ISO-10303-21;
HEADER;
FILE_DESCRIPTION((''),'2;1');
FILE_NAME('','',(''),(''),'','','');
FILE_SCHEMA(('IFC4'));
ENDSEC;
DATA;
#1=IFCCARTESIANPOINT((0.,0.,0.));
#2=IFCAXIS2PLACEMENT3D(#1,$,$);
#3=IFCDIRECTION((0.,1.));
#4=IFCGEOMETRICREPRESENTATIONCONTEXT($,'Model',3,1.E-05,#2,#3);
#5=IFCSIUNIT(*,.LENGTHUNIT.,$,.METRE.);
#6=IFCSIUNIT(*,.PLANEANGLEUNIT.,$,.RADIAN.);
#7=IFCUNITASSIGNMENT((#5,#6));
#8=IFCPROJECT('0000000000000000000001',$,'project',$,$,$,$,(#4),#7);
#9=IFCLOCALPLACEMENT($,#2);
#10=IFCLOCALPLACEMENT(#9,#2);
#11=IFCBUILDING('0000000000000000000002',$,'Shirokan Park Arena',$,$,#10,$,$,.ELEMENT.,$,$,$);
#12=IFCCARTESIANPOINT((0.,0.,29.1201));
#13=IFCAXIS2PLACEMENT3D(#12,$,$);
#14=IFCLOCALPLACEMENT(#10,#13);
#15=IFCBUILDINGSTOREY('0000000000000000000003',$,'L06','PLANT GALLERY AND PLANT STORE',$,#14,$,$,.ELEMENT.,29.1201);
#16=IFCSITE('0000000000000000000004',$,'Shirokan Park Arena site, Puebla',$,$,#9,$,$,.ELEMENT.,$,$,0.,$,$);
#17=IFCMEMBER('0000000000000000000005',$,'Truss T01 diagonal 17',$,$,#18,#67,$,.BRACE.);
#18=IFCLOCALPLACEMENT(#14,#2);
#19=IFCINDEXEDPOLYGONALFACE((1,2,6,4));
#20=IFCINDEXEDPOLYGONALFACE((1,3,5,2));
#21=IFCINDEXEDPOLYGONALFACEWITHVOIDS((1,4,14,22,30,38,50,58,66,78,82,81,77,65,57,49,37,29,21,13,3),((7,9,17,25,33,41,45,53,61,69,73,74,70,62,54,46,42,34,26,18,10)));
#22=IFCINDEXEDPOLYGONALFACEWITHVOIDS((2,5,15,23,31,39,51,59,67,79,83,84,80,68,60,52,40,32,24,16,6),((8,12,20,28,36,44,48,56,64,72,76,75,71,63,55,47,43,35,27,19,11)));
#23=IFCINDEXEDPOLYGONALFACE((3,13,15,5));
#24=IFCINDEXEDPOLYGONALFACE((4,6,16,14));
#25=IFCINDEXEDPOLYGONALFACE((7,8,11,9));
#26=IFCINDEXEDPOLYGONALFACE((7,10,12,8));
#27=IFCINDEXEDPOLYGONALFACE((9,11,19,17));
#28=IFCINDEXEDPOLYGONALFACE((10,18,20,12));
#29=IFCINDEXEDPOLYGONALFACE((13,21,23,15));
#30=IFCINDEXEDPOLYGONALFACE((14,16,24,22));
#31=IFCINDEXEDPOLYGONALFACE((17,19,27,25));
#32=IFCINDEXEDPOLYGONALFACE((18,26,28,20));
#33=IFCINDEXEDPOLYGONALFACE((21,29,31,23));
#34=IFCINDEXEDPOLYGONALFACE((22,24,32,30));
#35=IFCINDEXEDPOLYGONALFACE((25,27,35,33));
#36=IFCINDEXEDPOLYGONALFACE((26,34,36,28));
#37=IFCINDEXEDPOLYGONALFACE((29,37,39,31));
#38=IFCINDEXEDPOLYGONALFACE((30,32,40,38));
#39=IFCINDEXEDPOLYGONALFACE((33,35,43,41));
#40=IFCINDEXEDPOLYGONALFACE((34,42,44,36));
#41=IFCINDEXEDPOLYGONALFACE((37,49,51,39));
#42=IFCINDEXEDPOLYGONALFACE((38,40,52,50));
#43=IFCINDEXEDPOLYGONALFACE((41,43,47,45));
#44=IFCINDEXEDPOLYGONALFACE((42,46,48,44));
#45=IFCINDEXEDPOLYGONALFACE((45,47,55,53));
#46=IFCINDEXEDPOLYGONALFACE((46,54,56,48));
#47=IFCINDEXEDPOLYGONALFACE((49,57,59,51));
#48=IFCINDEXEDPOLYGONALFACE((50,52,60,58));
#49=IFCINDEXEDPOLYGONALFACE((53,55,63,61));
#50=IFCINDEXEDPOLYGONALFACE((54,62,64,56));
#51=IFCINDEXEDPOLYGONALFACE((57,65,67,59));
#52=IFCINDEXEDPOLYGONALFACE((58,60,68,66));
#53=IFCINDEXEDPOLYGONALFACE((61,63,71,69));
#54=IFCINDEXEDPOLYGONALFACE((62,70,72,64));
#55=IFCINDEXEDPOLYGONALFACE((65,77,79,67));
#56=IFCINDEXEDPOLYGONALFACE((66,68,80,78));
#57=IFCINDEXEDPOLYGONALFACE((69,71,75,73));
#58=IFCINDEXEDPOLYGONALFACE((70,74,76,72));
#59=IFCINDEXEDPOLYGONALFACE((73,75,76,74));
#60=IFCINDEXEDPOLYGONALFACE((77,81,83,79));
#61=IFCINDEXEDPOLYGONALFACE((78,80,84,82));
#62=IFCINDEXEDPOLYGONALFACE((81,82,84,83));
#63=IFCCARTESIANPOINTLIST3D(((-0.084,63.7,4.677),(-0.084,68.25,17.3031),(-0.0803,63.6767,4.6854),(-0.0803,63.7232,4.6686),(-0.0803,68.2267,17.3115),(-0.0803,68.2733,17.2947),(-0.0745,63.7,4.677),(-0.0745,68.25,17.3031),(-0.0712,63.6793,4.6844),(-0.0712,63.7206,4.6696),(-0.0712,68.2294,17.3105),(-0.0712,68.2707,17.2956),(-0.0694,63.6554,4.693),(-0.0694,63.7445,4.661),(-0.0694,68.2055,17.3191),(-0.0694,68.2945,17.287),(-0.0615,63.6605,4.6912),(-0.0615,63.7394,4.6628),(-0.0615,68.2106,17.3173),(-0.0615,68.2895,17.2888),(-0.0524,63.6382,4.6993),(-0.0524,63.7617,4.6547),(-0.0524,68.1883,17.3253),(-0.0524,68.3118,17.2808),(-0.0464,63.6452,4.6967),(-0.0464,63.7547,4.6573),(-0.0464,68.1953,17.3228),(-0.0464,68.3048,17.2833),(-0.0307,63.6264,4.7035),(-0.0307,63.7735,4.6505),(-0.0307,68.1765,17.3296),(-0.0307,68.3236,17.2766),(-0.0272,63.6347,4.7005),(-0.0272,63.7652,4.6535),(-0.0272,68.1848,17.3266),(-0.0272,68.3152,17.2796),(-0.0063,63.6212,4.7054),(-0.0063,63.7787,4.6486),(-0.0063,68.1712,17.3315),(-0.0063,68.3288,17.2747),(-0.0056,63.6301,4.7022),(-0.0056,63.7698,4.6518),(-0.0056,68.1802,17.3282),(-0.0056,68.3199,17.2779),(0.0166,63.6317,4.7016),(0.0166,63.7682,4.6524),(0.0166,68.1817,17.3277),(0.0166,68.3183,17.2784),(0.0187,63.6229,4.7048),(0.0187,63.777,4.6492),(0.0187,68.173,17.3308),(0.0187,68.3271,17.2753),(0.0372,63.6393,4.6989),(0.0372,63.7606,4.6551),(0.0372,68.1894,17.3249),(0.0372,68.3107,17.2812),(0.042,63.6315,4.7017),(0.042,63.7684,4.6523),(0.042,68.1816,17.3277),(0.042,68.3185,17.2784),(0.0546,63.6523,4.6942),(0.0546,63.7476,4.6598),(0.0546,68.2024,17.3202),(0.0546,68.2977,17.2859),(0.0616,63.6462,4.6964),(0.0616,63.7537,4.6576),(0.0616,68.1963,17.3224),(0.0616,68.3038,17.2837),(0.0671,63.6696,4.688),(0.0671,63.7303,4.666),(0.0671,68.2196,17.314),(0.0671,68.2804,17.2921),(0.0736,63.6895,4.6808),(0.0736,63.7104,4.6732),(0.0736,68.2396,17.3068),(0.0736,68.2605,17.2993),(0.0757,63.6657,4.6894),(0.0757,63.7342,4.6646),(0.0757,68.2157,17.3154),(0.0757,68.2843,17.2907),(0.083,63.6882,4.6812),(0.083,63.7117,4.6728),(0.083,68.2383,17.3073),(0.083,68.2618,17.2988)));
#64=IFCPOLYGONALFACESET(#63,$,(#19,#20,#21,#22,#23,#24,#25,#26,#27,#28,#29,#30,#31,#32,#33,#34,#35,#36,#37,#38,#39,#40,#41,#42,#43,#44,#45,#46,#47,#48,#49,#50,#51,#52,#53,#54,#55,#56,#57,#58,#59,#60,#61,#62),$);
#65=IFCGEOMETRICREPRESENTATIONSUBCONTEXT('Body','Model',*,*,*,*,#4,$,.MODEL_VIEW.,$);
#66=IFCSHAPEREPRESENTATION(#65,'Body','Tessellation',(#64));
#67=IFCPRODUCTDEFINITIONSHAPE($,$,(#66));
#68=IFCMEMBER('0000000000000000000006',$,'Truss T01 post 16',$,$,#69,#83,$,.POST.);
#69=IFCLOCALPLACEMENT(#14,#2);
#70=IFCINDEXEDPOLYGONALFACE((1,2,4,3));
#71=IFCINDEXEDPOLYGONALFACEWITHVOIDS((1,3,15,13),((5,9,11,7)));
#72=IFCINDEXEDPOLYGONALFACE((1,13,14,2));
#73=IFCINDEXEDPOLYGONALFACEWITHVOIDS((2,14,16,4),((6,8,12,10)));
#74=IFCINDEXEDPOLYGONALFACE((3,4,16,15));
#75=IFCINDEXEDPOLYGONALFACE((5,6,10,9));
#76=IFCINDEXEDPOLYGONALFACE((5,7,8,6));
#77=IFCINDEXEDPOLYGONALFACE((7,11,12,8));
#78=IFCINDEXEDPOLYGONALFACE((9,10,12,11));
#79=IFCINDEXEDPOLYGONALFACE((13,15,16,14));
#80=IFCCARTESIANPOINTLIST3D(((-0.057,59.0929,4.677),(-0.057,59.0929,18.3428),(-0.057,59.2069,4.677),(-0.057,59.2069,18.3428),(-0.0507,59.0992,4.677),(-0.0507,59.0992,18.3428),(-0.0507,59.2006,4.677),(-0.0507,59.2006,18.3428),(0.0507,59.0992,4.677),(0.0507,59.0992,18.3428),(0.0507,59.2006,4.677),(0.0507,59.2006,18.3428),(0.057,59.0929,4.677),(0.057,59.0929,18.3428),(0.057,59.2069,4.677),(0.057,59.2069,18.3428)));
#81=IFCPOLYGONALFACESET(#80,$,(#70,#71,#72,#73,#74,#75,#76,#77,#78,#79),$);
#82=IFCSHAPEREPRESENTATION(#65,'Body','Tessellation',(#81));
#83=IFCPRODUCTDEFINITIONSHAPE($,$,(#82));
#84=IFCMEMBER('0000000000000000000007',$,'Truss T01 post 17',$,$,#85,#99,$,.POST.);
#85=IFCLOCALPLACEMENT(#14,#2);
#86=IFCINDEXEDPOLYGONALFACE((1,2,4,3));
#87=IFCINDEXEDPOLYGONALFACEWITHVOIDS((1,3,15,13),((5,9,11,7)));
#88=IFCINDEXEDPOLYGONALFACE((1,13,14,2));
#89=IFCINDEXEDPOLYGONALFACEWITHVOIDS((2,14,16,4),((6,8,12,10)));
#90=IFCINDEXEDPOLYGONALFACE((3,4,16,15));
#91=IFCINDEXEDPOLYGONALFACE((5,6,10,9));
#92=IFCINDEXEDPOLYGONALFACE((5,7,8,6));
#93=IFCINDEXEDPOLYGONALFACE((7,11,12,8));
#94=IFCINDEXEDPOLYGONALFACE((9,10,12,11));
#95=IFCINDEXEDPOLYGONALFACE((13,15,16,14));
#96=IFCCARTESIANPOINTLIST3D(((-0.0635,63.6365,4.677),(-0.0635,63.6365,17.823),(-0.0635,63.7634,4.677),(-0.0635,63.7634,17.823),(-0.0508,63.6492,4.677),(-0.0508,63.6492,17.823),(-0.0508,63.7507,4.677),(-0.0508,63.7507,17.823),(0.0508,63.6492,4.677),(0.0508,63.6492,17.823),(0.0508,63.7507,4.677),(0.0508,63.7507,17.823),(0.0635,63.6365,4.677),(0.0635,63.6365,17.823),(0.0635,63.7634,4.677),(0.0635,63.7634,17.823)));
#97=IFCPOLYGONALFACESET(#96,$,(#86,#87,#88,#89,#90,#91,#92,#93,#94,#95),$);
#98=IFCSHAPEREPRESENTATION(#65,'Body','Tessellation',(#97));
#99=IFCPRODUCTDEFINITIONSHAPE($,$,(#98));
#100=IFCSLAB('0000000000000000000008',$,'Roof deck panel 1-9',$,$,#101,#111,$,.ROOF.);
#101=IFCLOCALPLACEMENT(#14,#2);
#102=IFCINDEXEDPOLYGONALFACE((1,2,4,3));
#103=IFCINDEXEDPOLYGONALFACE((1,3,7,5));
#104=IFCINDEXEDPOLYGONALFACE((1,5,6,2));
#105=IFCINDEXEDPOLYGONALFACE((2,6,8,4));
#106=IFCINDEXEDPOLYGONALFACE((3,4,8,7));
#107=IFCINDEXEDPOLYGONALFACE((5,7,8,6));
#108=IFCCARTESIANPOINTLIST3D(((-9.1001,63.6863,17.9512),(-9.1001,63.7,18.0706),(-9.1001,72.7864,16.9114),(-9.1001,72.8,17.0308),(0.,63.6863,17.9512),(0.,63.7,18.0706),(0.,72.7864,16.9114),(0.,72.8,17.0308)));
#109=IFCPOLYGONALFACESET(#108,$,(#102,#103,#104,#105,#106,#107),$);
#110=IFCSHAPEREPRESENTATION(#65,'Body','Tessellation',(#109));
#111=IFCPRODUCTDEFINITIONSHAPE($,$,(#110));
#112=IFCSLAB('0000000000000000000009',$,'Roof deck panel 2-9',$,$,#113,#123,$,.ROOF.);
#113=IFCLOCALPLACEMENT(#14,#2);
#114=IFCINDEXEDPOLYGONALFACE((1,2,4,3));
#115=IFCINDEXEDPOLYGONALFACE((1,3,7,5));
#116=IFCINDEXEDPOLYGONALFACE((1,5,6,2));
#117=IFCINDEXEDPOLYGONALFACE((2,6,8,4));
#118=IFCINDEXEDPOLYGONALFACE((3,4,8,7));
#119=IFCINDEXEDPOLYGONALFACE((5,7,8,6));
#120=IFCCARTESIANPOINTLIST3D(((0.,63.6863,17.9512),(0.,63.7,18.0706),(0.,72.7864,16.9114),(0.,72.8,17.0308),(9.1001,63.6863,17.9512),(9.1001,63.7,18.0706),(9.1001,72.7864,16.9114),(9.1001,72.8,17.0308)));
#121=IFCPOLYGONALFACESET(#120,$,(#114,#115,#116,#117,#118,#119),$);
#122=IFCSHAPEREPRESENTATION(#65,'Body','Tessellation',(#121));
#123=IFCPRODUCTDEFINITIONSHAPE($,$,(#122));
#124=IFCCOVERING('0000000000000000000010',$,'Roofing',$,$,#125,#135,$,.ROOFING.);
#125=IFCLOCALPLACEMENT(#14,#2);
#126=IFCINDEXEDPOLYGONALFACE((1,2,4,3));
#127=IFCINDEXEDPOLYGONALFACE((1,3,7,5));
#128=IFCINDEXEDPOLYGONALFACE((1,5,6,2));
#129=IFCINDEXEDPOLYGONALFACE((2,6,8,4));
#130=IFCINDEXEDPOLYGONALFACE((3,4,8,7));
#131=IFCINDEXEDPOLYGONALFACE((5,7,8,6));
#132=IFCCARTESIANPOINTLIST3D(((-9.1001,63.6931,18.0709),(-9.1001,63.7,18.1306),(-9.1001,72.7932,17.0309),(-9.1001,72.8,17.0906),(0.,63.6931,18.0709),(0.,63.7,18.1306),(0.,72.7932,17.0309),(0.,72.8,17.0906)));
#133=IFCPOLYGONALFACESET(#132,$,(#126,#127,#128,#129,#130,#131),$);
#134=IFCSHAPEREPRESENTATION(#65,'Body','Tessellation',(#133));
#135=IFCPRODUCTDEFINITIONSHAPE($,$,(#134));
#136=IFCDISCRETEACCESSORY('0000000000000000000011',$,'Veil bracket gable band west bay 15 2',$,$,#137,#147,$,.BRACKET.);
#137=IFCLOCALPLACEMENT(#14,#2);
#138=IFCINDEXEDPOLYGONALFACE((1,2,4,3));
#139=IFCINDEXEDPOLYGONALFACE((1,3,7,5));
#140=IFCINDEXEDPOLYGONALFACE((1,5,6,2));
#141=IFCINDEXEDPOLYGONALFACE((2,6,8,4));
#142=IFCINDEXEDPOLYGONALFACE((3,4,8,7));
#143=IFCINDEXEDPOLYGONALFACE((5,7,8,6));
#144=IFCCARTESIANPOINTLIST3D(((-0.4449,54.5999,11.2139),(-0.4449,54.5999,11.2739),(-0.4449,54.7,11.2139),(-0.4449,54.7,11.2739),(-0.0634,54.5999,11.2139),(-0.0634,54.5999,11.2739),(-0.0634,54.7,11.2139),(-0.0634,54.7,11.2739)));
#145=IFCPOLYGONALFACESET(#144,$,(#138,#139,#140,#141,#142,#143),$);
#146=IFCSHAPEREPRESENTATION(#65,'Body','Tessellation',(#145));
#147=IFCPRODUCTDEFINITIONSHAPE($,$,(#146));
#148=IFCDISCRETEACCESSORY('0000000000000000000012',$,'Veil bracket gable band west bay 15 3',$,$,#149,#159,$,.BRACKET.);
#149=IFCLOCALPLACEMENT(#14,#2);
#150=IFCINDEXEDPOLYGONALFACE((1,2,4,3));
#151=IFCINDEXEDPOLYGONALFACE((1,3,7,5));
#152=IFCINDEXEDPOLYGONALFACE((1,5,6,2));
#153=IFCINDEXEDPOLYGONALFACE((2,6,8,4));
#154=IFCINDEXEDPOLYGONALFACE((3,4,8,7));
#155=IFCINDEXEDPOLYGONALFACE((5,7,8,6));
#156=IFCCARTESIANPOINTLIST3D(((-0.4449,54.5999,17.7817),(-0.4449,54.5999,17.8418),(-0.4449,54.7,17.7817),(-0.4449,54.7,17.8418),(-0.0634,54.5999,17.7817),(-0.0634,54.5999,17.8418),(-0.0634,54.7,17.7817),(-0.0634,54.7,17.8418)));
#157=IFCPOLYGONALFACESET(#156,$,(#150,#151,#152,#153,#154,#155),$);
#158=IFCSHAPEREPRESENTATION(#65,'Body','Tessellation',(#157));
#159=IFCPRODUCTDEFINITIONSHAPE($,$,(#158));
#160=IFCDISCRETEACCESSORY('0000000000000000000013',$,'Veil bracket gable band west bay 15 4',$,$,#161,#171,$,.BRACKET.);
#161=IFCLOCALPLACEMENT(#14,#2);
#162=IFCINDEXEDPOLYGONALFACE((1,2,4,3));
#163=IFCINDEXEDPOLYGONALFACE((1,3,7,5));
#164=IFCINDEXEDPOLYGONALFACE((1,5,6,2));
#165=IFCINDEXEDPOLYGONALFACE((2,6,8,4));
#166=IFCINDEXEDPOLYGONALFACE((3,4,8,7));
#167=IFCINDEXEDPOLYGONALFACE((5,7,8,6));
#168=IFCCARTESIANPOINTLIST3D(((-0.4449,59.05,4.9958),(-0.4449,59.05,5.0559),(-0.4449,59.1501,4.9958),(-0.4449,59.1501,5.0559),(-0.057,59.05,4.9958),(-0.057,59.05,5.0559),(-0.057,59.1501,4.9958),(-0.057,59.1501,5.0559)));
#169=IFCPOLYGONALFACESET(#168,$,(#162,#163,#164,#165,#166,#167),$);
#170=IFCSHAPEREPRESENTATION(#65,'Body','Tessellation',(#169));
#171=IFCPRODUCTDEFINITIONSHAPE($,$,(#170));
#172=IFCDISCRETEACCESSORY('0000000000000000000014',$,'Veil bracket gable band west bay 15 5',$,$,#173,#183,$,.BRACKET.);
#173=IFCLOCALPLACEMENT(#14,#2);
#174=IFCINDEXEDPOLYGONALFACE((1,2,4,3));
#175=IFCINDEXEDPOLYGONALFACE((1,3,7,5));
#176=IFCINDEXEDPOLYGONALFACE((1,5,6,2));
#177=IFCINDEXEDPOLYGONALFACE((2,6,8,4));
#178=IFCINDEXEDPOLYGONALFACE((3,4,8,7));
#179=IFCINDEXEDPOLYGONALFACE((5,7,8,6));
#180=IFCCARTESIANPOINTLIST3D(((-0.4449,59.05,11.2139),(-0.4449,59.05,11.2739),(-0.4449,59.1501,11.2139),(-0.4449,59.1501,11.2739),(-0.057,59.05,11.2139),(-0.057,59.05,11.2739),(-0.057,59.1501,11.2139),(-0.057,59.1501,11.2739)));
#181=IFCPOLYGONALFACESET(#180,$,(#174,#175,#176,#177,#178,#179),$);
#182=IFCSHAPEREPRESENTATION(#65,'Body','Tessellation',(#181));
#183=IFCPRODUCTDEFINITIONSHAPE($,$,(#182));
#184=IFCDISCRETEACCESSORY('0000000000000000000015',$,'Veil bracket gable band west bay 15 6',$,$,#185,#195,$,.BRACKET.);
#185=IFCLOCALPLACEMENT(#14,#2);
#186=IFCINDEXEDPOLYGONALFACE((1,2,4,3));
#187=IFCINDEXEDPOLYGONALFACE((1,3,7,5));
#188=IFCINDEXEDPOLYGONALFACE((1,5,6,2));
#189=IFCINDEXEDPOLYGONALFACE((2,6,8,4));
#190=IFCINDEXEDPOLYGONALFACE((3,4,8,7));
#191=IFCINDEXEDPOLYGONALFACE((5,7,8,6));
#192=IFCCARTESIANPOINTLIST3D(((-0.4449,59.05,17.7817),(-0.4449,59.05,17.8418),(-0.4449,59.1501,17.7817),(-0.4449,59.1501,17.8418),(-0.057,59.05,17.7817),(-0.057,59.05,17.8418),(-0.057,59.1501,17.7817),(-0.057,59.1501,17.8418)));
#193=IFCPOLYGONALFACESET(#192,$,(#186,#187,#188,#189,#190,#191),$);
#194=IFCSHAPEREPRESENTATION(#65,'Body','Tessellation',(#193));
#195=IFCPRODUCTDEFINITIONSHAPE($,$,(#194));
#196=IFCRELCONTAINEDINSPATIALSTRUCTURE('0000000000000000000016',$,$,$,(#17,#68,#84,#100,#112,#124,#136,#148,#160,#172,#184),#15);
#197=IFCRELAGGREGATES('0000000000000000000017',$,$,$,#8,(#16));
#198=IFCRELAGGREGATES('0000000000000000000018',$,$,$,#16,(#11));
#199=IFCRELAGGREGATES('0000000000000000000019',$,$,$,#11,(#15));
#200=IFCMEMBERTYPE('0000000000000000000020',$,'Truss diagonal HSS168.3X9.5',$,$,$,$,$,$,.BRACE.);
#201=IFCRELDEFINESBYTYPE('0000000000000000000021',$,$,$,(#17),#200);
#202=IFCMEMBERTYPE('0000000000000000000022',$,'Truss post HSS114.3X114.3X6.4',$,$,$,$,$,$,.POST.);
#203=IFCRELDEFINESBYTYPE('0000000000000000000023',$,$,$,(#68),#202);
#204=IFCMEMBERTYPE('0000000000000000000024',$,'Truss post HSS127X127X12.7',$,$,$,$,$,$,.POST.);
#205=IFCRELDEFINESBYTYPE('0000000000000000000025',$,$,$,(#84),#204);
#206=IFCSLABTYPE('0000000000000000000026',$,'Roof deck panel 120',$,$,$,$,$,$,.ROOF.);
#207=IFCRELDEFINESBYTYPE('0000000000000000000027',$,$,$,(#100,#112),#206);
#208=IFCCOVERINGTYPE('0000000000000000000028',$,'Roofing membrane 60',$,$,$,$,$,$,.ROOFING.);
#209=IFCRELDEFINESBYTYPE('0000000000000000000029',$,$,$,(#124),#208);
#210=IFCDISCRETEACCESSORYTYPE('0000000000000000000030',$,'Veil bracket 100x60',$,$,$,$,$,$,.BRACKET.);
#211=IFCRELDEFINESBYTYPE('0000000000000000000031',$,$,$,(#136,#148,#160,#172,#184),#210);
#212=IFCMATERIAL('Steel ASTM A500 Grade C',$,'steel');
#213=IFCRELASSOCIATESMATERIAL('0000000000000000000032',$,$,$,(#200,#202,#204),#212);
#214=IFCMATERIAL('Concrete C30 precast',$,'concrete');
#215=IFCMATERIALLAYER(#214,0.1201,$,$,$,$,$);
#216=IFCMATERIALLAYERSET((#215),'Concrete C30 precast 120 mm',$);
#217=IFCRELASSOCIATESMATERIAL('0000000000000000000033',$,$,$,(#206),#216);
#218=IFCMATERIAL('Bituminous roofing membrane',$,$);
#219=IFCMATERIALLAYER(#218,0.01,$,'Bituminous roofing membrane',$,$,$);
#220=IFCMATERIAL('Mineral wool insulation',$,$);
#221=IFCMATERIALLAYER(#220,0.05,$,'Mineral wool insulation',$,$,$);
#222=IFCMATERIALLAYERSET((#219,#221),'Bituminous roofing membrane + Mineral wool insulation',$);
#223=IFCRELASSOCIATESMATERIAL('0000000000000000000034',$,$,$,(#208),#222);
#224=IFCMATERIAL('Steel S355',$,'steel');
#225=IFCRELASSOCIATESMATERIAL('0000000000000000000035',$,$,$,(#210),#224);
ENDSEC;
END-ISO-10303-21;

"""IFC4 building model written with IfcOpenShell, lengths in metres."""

from ifc_helpers import new_model, si_unit, direction, frame, origin, origin_2d, place, context, subcontext, project, spatial, polyline, rectangle, hollow_rectangle, hollow_circle, outline, extrude, material, layer, layer_set, material_profile, profile_set, type_object, element, save


model = new_model("IFC4")

# Units and contexts
model_context = context("Model", 3, precision=1e-05, world=origin(), true_north=direction((0.0, 1.0)))
body_context = subcontext(model_context, "Body", "Model", "MODEL_VIEW")
ifc_project = project(units=[si_unit("LENGTHUNIT", "METRE"), si_unit("PLANEANGLEUNIT", "RADIAN")], contexts=[model_context])

# Site, building, storey
site_placement = place(None, origin())
site = spatial("IfcSite", under=ifc_project, at=site_placement, Name="Shirokan Park Arena site, Puebla", CompositionType="ELEMENT", RefElevation=0.0)
building_placement = place(site_placement, origin())
building = spatial("IfcBuilding", under=site, at=building_placement, Name="Shirokan Park Arena", CompositionType="ELEMENT")
storey_placement = place(building_placement, frame((0.0, 0.0, 29.1201)))
storey = spatial("IfcBuildingStorey", under=building, at=storey_placement, Name="L06", Description="PLANT GALLERY AND PLANT STORE", CompositionType="ELEMENT", Elevation=29.1201)

# Shared definitions
ifc_material_1 = material(Name="Steel ASTM A500 Grade C", Category="steel")

# Members
ifc_material_profile_1 = material_profile(ifc_material_1, hollow_circle(Radius=0.084, WallThickness=0.0095, at=origin_2d()), Name="HSS168.3X9.5")
ifc_profile_set_1 = profile_set([ifc_material_profile_1], Name="Steel ASTM A500 Grade C")
member_type_1 = type_object("IfcMemberType", Name="Truss diagonal HSS168.3X9.5", PredefinedType="BRACE", material=ifc_profile_set_1)
member_1_placement = place(storey_placement, frame((0.0, 63.7, 4.677), z_axis=(0.0, 0.339029, 0.940776), x_axis=(-1.0, 0.0, 0.0)))
element("IfcMember", 1, at=member_1_placement, inside=storey, type_object=member_type_1, Name="Truss T01 diagonal 17", PredefinedType="BRACE", context=body_context, shape_type="SweptSolid", body=[
    extrude(hollow_circle(Radius=0.084, WallThickness=0.0095, at=origin_2d()), origin(), (0.0, 0.0, 1.0), 13.4209),
])
ifc_material_profile_2 = material_profile(ifc_material_1, hollow_rectangle(XDim=0.114, YDim=0.114, WallThickness=0.0063, at=origin_2d()), Name="HSS114.3X114.3X6.4")
ifc_profile_set_2 = profile_set([ifc_material_profile_2], Name="Steel ASTM A500 Grade C")
member_type_2 = type_object("IfcMemberType", Name="Truss post HSS114.3X114.3X6.4", PredefinedType="POST", material=ifc_profile_set_2)
member_2_placement = place(storey_placement, frame((0.0, 59.1499, 4.677), z_axis=(0.0, 0.0, 1.0), x_axis=(1.0, 0.0, 0.0)))
element("IfcMember", 2, at=member_2_placement, inside=storey, type_object=member_type_2, Name="Truss T01 post 16", PredefinedType="POST", context=body_context, shape_type="SweptSolid", body=[
    extrude(hollow_rectangle(XDim=0.114, YDim=0.114, WallThickness=0.0063, at=origin_2d()), origin(), (0.0, 0.0, 1.0), 13.6658),
])
ifc_material_profile_3 = material_profile(ifc_material_1, hollow_rectangle(XDim=0.127, YDim=0.127, WallThickness=0.0127, at=origin_2d()), Name="HSS127X127X12.7")
ifc_profile_set_3 = profile_set([ifc_material_profile_3], Name="Steel ASTM A500 Grade C")
member_type_3 = type_object("IfcMemberType", Name="Truss post HSS127X127X12.7", PredefinedType="POST", material=ifc_profile_set_3)
member_3_placement = place(storey_placement, frame((0.0, 63.7, 4.677), z_axis=(0.0, 0.0, 1.0), x_axis=(1.0, 0.0, 0.0)))
element("IfcMember", 3, at=member_3_placement, inside=storey, type_object=member_type_3, Name="Truss T01 post 17", PredefinedType="POST", context=body_context, shape_type="SweptSolid", body=[
    extrude(hollow_rectangle(XDim=0.127, YDim=0.127, WallThickness=0.0127, at=origin_2d()), origin(), (0.0, 0.0, 1.0), 13.146),
])

# Slabs
ifc_material_2 = material(Name="Concrete C30 precast", Category="concrete")
ifc_layer_1 = layer(ifc_material_2, 0.1201)
ifc_layer_set_1 = layer_set([ifc_layer_1], Name="Concrete C30 precast 120 mm")
slab_type = type_object("IfcSlabType", Name="Roof deck panel 120", PredefinedType="ROOF", material=ifc_layer_set_1)
for number, where, z_axis, x_axis, name in (
    (4, (-9.1001, 63.7, 18.0706), (0.0, 0.113523, 0.993535), (1.0, 0.0, 0.0), "Roof deck panel 1-9"),
    (5, (0.0, 63.7, 18.0706), (0.0, 0.113523, 0.993535), (1.0, 0.0, 0.0), "Roof deck panel 2-9"),
):
    element("IfcSlab", number, at=place(storey_placement, frame(where, z_axis=z_axis, x_axis=x_axis)), inside=storey, type_object=slab_type, Name=name, PredefinedType="ROOF", context=body_context, shape_type="SweptSolid", body=[
        extrude(outline(polyline([(0.0, 0.0), (9.1001, 0.0), (9.1001, 9.1593), (0.0, 9.1593), (0.0, 0.0)])), origin(), (0.0, 0.0, -1.0), 0.1201),
    ])

# Covering
ifc_material_3 = material(Name="Bituminous roofing membrane")
ifc_layer_2 = layer(ifc_material_3, 0.01, Name="Bituminous roofing membrane")
ifc_material_4 = material(Name="Mineral wool insulation")
ifc_layer_3 = layer(ifc_material_4, 0.05, Name="Mineral wool insulation")
ifc_layer_set_2 = layer_set([ifc_layer_2, ifc_layer_3], Name="Bituminous roofing membrane + Mineral wool insulation")
covering_type = type_object("IfcCoveringType", Name="Roofing membrane 60", PredefinedType="ROOFING", material=ifc_layer_set_2)
covering_placement = place(storey_placement, frame((-9.1001, 63.7, 18.1306), z_axis=(0.0, 0.11355, 0.993532), x_axis=(1.0, 0.0, 0.0)))
element("IfcCovering", 6, at=covering_placement, inside=storey, type_object=covering_type, Name="Roofing", PredefinedType="ROOFING", context=body_context, shape_type="SweptSolid", body=[
    extrude(outline(polyline([(0.0, 0.0), (9.1001, 0.0), (9.1001, 9.1593), (0.0, 9.1593), (0.0, 0.0)])), origin(), (0.0, 0.0, -1.0), 0.0601),
])

# Discrete accessories
ifc_material_5 = material(Name="Steel S355", Category="steel")
discrete_accessory_type = type_object("IfcDiscreteAccessoryType", Name="Veil bracket 100x60", PredefinedType="BRACKET", material=ifc_material_5)
for number, where, z_axis, x_axis, name in (
    (7, (-0.2542, 54.6499, 11.2139), (0.0, 0.0, 1.0), (1.0, 0.0, 0.0), "Veil bracket gable band west bay 15 2"),
    (8, (-0.2542, 54.6499, 17.7817), (0.0, 0.0, 1.0), (1.0, 0.0, 0.0), "Veil bracket gable band west bay 15 3"),
):
    element("IfcDiscreteAccessory", number, at=place(storey_placement, frame(where, z_axis=z_axis, x_axis=x_axis)), inside=storey, type_object=discrete_accessory_type, Name=name, PredefinedType="BRACKET", context=body_context, shape_type="SweptSolid", body=[
        extrude(rectangle(XDim=0.3816, YDim=0.1001, at=origin_2d()), origin(), (0.0, 0.0, 1.0), 0.0601),
    ])
for number, where, z_axis, x_axis, name in (
    (9, (-0.251, 59.1001, 4.9958), (0.0, 0.0, 1.0), (1.0, 0.0, 0.0), "Veil bracket gable band west bay 15 4"),
    (10, (-0.251, 59.1001, 11.2139), (0.0, 0.0, 1.0), (1.0, 0.0, 0.0), "Veil bracket gable band west bay 15 5"),
    (11, (-0.251, 59.1001, 17.7817), (0.0, 0.0, 1.0), (1.0, 0.0, 0.0), "Veil bracket gable band west bay 15 6"),
):
    element("IfcDiscreteAccessory", number, at=place(storey_placement, frame(where, z_axis=z_axis, x_axis=x_axis)), inside=storey, type_object=discrete_accessory_type, Name=name, PredefinedType="BRACKET", context=body_context, shape_type="SweptSolid", body=[
        extrude(rectangle(XDim=0.3879, YDim=0.1001, at=origin_2d()), origin(), (0.0, 0.0, 1.0), 0.0601),
    ])

save(model, "model.ifc")
